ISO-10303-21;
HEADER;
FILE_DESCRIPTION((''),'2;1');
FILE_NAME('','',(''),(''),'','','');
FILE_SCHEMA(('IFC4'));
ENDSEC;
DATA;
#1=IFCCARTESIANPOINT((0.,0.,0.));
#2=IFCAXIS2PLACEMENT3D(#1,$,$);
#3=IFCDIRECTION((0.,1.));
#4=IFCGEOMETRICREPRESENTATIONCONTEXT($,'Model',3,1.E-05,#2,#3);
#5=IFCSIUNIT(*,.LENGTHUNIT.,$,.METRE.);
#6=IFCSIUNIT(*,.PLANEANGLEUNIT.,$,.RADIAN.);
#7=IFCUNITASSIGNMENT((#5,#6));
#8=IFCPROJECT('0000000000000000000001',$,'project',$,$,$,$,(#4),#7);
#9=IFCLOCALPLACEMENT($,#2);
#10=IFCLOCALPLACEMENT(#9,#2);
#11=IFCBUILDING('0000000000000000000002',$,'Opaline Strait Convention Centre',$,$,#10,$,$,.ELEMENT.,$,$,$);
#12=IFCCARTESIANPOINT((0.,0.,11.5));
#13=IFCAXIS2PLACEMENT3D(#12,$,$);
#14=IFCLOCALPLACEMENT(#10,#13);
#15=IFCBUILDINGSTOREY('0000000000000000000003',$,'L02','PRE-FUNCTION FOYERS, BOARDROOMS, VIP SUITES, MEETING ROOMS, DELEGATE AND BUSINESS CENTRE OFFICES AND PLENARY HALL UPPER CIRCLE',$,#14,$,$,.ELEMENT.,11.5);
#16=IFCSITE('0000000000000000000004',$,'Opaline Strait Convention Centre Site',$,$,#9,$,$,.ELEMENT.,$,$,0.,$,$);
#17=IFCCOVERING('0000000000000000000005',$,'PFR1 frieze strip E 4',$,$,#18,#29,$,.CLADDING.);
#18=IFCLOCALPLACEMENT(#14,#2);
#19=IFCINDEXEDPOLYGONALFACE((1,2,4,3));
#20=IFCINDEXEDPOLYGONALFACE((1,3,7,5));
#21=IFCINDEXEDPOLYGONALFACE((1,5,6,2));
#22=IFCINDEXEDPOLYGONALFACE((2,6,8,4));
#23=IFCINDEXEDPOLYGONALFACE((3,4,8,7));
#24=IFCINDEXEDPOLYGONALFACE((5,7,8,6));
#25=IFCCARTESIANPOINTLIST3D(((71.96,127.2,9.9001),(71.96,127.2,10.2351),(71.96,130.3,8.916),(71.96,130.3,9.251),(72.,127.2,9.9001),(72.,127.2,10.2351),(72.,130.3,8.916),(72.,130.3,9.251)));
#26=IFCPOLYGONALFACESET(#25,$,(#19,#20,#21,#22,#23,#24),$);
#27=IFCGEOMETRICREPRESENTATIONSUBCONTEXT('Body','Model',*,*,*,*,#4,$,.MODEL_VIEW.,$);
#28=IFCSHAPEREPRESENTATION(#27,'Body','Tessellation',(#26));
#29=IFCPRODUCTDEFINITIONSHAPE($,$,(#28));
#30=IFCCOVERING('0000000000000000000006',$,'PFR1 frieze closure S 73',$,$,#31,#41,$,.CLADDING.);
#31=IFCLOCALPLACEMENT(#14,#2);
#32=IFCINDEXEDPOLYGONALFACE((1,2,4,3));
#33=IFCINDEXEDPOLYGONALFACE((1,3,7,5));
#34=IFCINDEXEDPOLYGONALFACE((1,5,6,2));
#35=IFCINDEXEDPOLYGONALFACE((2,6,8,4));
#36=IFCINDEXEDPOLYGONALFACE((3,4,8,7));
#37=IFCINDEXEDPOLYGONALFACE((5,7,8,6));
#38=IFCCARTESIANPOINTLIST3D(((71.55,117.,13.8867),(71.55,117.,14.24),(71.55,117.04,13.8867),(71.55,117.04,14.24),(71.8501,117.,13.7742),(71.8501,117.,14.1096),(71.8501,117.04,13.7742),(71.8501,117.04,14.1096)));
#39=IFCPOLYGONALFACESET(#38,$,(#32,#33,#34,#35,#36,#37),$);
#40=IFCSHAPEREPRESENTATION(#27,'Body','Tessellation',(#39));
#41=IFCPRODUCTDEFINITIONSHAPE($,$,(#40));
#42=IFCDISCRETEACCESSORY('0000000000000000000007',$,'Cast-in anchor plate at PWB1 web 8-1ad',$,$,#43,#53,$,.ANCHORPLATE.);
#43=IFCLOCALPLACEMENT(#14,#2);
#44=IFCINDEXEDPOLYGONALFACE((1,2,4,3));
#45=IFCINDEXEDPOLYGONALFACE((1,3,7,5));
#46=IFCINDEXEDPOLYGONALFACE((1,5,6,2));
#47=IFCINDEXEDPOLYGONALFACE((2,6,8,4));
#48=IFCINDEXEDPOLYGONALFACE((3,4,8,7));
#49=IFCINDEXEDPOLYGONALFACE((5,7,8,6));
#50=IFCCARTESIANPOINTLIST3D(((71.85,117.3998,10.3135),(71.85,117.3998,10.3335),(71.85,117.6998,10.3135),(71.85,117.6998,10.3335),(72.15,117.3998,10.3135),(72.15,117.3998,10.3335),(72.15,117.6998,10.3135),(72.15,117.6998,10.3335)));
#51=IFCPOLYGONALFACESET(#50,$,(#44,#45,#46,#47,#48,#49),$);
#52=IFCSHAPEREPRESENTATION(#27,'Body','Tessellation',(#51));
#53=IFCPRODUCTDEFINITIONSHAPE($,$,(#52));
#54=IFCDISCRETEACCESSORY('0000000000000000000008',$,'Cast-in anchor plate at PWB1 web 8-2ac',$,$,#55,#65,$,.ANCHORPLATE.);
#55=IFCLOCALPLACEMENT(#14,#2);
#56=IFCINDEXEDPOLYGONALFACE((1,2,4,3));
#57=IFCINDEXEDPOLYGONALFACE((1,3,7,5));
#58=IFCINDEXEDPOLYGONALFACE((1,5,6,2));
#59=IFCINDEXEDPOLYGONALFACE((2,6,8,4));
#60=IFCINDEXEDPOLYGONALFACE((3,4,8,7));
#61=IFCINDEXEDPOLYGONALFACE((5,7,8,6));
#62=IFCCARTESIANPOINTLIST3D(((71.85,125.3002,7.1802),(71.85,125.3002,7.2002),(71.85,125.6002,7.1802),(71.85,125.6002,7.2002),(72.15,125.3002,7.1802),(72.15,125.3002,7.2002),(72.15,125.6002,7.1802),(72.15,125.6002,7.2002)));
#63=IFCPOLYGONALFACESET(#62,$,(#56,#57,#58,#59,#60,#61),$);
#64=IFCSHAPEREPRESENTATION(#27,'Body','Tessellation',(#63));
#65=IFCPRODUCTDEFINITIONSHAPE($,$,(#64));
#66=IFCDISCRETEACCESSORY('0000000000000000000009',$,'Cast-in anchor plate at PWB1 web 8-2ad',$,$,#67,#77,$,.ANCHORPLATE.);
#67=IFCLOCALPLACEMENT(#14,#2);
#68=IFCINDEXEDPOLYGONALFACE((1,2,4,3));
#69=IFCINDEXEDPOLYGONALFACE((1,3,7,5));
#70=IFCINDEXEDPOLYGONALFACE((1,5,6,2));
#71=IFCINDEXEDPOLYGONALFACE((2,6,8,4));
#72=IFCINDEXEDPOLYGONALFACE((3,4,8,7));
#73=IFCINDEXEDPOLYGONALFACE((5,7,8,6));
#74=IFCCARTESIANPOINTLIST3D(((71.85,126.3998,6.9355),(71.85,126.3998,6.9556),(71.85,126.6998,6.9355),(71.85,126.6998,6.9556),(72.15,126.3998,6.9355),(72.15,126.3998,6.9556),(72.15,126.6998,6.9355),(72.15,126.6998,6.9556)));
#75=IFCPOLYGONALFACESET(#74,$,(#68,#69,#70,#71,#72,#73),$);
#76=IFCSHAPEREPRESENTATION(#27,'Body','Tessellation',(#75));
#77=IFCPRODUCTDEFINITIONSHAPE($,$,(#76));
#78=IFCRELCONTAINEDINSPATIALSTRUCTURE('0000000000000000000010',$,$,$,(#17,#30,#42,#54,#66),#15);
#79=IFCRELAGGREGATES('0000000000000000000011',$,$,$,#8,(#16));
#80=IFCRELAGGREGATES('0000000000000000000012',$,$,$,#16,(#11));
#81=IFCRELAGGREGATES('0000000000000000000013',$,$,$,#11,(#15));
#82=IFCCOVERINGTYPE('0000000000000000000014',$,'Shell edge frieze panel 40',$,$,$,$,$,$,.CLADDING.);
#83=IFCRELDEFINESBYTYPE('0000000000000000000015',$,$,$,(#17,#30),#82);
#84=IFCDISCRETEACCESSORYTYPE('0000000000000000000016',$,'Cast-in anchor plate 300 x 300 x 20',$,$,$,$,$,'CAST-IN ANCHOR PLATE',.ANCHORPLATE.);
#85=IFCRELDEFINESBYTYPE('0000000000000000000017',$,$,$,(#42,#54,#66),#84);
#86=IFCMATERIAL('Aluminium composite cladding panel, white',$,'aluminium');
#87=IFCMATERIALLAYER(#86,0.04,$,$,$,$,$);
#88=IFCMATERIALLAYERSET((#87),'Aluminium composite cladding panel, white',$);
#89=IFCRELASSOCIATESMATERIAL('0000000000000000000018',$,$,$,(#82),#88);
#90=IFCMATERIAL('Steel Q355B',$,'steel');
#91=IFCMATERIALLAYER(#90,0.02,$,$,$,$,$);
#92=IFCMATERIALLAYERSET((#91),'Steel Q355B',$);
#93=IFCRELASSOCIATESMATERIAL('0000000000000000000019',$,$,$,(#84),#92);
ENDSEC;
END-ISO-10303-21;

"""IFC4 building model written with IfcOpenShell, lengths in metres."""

from ifc_helpers import new_model, si_unit, direction, frame, origin, origin_2d, place, context, subcontext, project, spatial, polyline, rectangle, outline, extrude, material, layer, layer_set, type_object, element, save


model = new_model("IFC4")

# Units and contexts
model_context = context("Model", 3, precision=1e-05, world=origin(), true_north=direction((0.0, 1.0)))
body_context = subcontext(model_context, "Body", "Model", "MODEL_VIEW")
ifc_project = project(units=[si_unit("LENGTHUNIT", "METRE"), si_unit("PLANEANGLEUNIT", "RADIAN")], contexts=[model_context])

# Site, building, storey
site_placement = place(None, origin())
site = spatial("IfcSite", under=ifc_project, at=site_placement, Name="Opaline Strait Convention Centre Site", CompositionType="ELEMENT", RefElevation=0.0)
building_placement = place(site_placement, origin())
building = spatial("IfcBuilding", under=site, at=building_placement, Name="Opaline Strait Convention Centre", CompositionType="ELEMENT")
storey_placement = place(building_placement, frame((0.0, 0.0, 11.5)))
storey = spatial("IfcBuildingStorey", under=building, at=storey_placement, Name="L02", Description="PRE-FUNCTION FOYERS, BOARDROOMS, VIP SUITES, MEETING ROOMS, DELEGATE AND BUSINESS CENTRE OFFICES AND PLENARY HALL UPPER CIRCLE", CompositionType="ELEMENT", Elevation=11.5)

# Shared definitions
ifc_material_1 = material(Name="Steel Q355B", Category="steel")

# Coverings
ifc_material_2 = material(Name="Aluminium composite cladding panel, white", Category="aluminium")
ifc_layer_1 = layer(ifc_material_2, 0.04)
ifc_layer_set_1 = layer_set([ifc_layer_1], Name="Aluminium composite cladding panel, white")
covering_type = type_object("IfcCoveringType", Name="Shell edge frieze panel 40", PredefinedType="CLADDING", material=ifc_layer_set_1)
covering_1_placement = place(storey_placement, frame((72.0, 127.2, 9.9001), z_axis=(1.0, 0.0, 0.0), x_axis=(0.0, 0.953127, -0.302572)))
element("IfcCovering", 1, at=covering_1_placement, inside=storey, type_object=covering_type, Name="PFR1 frieze strip E 4", PredefinedType="CLADDING", context=body_context, shape_type="SweptSolid", body=[
    extrude(outline(polyline([(0.0, 0.0), (3.2526, 0.0), (3.1512, 0.3193), (-0.1013, 0.3193), (0.0, 0.0)])), origin(), (0.0, 0.0, -1.0), 0.04),
])
covering_2_placement = place(storey_placement, frame((71.55, 117.0, 13.8867), z_axis=(0.0, -1.0, 0.0), x_axis=(0.936298, 0.0, -0.351207)))
element("IfcCovering", 2, at=covering_2_placement, inside=storey, type_object=covering_type, Name="PFR1 frieze closure S 73", PredefinedType="CLADDING", context=body_context, shape_type="SweptSolid", body=[
    extrude(outline(polyline([(0.0, 0.0), (0.3205, 0.0), (0.2027, 0.3141), (-0.1241, 0.3308), (0.0, 0.0)])), origin(), (0.0, 0.0, -1.0), 0.04),
])

# Discrete accessories
ifc_layer_2 = layer(ifc_material_1, 0.02)
ifc_layer_set_2 = layer_set([ifc_layer_2], Name="Steel Q355B")
discrete_accessory_type = type_object("IfcDiscreteAccessoryType", Name="Cast-in anchor plate 300 x 300 x 20", ElementType="CAST-IN ANCHOR PLATE", PredefinedType="ANCHORPLATE", material=ifc_layer_set_2)
for number, where, z_axis, x_axis, name in (
    (3, (72.0, 117.5498, 10.3135), (0.0, 0.0, 1.0), (1.0, 0.0, 0.0), "Cast-in anchor plate at PWB1 web 8-1ad"),
    (4, (72.0, 125.4502, 7.1802), (0.0, 0.0, 1.0), (1.0, 0.0, 0.0), "Cast-in anchor plate at PWB1 web 8-2ac"),
    (5, (72.0, 126.5498, 6.9355), (0.0, 0.0, 1.0), (1.0, 0.0, 0.0), "Cast-in anchor plate at PWB1 web 8-2ad"),
):
    element("IfcDiscreteAccessory", number, at=place(storey_placement, frame(where, z_axis=z_axis, x_axis=x_axis)), inside=storey, type_object=discrete_accessory_type, Name=name, PredefinedType="ANCHORPLATE", context=body_context, shape_type="SweptSolid", body=[
        extrude(rectangle(XDim=0.3, YDim=0.3, at=origin_2d()), origin(), (0.0, 0.0, 1.0), 0.02),
    ])

save(model, "model.ifc")
